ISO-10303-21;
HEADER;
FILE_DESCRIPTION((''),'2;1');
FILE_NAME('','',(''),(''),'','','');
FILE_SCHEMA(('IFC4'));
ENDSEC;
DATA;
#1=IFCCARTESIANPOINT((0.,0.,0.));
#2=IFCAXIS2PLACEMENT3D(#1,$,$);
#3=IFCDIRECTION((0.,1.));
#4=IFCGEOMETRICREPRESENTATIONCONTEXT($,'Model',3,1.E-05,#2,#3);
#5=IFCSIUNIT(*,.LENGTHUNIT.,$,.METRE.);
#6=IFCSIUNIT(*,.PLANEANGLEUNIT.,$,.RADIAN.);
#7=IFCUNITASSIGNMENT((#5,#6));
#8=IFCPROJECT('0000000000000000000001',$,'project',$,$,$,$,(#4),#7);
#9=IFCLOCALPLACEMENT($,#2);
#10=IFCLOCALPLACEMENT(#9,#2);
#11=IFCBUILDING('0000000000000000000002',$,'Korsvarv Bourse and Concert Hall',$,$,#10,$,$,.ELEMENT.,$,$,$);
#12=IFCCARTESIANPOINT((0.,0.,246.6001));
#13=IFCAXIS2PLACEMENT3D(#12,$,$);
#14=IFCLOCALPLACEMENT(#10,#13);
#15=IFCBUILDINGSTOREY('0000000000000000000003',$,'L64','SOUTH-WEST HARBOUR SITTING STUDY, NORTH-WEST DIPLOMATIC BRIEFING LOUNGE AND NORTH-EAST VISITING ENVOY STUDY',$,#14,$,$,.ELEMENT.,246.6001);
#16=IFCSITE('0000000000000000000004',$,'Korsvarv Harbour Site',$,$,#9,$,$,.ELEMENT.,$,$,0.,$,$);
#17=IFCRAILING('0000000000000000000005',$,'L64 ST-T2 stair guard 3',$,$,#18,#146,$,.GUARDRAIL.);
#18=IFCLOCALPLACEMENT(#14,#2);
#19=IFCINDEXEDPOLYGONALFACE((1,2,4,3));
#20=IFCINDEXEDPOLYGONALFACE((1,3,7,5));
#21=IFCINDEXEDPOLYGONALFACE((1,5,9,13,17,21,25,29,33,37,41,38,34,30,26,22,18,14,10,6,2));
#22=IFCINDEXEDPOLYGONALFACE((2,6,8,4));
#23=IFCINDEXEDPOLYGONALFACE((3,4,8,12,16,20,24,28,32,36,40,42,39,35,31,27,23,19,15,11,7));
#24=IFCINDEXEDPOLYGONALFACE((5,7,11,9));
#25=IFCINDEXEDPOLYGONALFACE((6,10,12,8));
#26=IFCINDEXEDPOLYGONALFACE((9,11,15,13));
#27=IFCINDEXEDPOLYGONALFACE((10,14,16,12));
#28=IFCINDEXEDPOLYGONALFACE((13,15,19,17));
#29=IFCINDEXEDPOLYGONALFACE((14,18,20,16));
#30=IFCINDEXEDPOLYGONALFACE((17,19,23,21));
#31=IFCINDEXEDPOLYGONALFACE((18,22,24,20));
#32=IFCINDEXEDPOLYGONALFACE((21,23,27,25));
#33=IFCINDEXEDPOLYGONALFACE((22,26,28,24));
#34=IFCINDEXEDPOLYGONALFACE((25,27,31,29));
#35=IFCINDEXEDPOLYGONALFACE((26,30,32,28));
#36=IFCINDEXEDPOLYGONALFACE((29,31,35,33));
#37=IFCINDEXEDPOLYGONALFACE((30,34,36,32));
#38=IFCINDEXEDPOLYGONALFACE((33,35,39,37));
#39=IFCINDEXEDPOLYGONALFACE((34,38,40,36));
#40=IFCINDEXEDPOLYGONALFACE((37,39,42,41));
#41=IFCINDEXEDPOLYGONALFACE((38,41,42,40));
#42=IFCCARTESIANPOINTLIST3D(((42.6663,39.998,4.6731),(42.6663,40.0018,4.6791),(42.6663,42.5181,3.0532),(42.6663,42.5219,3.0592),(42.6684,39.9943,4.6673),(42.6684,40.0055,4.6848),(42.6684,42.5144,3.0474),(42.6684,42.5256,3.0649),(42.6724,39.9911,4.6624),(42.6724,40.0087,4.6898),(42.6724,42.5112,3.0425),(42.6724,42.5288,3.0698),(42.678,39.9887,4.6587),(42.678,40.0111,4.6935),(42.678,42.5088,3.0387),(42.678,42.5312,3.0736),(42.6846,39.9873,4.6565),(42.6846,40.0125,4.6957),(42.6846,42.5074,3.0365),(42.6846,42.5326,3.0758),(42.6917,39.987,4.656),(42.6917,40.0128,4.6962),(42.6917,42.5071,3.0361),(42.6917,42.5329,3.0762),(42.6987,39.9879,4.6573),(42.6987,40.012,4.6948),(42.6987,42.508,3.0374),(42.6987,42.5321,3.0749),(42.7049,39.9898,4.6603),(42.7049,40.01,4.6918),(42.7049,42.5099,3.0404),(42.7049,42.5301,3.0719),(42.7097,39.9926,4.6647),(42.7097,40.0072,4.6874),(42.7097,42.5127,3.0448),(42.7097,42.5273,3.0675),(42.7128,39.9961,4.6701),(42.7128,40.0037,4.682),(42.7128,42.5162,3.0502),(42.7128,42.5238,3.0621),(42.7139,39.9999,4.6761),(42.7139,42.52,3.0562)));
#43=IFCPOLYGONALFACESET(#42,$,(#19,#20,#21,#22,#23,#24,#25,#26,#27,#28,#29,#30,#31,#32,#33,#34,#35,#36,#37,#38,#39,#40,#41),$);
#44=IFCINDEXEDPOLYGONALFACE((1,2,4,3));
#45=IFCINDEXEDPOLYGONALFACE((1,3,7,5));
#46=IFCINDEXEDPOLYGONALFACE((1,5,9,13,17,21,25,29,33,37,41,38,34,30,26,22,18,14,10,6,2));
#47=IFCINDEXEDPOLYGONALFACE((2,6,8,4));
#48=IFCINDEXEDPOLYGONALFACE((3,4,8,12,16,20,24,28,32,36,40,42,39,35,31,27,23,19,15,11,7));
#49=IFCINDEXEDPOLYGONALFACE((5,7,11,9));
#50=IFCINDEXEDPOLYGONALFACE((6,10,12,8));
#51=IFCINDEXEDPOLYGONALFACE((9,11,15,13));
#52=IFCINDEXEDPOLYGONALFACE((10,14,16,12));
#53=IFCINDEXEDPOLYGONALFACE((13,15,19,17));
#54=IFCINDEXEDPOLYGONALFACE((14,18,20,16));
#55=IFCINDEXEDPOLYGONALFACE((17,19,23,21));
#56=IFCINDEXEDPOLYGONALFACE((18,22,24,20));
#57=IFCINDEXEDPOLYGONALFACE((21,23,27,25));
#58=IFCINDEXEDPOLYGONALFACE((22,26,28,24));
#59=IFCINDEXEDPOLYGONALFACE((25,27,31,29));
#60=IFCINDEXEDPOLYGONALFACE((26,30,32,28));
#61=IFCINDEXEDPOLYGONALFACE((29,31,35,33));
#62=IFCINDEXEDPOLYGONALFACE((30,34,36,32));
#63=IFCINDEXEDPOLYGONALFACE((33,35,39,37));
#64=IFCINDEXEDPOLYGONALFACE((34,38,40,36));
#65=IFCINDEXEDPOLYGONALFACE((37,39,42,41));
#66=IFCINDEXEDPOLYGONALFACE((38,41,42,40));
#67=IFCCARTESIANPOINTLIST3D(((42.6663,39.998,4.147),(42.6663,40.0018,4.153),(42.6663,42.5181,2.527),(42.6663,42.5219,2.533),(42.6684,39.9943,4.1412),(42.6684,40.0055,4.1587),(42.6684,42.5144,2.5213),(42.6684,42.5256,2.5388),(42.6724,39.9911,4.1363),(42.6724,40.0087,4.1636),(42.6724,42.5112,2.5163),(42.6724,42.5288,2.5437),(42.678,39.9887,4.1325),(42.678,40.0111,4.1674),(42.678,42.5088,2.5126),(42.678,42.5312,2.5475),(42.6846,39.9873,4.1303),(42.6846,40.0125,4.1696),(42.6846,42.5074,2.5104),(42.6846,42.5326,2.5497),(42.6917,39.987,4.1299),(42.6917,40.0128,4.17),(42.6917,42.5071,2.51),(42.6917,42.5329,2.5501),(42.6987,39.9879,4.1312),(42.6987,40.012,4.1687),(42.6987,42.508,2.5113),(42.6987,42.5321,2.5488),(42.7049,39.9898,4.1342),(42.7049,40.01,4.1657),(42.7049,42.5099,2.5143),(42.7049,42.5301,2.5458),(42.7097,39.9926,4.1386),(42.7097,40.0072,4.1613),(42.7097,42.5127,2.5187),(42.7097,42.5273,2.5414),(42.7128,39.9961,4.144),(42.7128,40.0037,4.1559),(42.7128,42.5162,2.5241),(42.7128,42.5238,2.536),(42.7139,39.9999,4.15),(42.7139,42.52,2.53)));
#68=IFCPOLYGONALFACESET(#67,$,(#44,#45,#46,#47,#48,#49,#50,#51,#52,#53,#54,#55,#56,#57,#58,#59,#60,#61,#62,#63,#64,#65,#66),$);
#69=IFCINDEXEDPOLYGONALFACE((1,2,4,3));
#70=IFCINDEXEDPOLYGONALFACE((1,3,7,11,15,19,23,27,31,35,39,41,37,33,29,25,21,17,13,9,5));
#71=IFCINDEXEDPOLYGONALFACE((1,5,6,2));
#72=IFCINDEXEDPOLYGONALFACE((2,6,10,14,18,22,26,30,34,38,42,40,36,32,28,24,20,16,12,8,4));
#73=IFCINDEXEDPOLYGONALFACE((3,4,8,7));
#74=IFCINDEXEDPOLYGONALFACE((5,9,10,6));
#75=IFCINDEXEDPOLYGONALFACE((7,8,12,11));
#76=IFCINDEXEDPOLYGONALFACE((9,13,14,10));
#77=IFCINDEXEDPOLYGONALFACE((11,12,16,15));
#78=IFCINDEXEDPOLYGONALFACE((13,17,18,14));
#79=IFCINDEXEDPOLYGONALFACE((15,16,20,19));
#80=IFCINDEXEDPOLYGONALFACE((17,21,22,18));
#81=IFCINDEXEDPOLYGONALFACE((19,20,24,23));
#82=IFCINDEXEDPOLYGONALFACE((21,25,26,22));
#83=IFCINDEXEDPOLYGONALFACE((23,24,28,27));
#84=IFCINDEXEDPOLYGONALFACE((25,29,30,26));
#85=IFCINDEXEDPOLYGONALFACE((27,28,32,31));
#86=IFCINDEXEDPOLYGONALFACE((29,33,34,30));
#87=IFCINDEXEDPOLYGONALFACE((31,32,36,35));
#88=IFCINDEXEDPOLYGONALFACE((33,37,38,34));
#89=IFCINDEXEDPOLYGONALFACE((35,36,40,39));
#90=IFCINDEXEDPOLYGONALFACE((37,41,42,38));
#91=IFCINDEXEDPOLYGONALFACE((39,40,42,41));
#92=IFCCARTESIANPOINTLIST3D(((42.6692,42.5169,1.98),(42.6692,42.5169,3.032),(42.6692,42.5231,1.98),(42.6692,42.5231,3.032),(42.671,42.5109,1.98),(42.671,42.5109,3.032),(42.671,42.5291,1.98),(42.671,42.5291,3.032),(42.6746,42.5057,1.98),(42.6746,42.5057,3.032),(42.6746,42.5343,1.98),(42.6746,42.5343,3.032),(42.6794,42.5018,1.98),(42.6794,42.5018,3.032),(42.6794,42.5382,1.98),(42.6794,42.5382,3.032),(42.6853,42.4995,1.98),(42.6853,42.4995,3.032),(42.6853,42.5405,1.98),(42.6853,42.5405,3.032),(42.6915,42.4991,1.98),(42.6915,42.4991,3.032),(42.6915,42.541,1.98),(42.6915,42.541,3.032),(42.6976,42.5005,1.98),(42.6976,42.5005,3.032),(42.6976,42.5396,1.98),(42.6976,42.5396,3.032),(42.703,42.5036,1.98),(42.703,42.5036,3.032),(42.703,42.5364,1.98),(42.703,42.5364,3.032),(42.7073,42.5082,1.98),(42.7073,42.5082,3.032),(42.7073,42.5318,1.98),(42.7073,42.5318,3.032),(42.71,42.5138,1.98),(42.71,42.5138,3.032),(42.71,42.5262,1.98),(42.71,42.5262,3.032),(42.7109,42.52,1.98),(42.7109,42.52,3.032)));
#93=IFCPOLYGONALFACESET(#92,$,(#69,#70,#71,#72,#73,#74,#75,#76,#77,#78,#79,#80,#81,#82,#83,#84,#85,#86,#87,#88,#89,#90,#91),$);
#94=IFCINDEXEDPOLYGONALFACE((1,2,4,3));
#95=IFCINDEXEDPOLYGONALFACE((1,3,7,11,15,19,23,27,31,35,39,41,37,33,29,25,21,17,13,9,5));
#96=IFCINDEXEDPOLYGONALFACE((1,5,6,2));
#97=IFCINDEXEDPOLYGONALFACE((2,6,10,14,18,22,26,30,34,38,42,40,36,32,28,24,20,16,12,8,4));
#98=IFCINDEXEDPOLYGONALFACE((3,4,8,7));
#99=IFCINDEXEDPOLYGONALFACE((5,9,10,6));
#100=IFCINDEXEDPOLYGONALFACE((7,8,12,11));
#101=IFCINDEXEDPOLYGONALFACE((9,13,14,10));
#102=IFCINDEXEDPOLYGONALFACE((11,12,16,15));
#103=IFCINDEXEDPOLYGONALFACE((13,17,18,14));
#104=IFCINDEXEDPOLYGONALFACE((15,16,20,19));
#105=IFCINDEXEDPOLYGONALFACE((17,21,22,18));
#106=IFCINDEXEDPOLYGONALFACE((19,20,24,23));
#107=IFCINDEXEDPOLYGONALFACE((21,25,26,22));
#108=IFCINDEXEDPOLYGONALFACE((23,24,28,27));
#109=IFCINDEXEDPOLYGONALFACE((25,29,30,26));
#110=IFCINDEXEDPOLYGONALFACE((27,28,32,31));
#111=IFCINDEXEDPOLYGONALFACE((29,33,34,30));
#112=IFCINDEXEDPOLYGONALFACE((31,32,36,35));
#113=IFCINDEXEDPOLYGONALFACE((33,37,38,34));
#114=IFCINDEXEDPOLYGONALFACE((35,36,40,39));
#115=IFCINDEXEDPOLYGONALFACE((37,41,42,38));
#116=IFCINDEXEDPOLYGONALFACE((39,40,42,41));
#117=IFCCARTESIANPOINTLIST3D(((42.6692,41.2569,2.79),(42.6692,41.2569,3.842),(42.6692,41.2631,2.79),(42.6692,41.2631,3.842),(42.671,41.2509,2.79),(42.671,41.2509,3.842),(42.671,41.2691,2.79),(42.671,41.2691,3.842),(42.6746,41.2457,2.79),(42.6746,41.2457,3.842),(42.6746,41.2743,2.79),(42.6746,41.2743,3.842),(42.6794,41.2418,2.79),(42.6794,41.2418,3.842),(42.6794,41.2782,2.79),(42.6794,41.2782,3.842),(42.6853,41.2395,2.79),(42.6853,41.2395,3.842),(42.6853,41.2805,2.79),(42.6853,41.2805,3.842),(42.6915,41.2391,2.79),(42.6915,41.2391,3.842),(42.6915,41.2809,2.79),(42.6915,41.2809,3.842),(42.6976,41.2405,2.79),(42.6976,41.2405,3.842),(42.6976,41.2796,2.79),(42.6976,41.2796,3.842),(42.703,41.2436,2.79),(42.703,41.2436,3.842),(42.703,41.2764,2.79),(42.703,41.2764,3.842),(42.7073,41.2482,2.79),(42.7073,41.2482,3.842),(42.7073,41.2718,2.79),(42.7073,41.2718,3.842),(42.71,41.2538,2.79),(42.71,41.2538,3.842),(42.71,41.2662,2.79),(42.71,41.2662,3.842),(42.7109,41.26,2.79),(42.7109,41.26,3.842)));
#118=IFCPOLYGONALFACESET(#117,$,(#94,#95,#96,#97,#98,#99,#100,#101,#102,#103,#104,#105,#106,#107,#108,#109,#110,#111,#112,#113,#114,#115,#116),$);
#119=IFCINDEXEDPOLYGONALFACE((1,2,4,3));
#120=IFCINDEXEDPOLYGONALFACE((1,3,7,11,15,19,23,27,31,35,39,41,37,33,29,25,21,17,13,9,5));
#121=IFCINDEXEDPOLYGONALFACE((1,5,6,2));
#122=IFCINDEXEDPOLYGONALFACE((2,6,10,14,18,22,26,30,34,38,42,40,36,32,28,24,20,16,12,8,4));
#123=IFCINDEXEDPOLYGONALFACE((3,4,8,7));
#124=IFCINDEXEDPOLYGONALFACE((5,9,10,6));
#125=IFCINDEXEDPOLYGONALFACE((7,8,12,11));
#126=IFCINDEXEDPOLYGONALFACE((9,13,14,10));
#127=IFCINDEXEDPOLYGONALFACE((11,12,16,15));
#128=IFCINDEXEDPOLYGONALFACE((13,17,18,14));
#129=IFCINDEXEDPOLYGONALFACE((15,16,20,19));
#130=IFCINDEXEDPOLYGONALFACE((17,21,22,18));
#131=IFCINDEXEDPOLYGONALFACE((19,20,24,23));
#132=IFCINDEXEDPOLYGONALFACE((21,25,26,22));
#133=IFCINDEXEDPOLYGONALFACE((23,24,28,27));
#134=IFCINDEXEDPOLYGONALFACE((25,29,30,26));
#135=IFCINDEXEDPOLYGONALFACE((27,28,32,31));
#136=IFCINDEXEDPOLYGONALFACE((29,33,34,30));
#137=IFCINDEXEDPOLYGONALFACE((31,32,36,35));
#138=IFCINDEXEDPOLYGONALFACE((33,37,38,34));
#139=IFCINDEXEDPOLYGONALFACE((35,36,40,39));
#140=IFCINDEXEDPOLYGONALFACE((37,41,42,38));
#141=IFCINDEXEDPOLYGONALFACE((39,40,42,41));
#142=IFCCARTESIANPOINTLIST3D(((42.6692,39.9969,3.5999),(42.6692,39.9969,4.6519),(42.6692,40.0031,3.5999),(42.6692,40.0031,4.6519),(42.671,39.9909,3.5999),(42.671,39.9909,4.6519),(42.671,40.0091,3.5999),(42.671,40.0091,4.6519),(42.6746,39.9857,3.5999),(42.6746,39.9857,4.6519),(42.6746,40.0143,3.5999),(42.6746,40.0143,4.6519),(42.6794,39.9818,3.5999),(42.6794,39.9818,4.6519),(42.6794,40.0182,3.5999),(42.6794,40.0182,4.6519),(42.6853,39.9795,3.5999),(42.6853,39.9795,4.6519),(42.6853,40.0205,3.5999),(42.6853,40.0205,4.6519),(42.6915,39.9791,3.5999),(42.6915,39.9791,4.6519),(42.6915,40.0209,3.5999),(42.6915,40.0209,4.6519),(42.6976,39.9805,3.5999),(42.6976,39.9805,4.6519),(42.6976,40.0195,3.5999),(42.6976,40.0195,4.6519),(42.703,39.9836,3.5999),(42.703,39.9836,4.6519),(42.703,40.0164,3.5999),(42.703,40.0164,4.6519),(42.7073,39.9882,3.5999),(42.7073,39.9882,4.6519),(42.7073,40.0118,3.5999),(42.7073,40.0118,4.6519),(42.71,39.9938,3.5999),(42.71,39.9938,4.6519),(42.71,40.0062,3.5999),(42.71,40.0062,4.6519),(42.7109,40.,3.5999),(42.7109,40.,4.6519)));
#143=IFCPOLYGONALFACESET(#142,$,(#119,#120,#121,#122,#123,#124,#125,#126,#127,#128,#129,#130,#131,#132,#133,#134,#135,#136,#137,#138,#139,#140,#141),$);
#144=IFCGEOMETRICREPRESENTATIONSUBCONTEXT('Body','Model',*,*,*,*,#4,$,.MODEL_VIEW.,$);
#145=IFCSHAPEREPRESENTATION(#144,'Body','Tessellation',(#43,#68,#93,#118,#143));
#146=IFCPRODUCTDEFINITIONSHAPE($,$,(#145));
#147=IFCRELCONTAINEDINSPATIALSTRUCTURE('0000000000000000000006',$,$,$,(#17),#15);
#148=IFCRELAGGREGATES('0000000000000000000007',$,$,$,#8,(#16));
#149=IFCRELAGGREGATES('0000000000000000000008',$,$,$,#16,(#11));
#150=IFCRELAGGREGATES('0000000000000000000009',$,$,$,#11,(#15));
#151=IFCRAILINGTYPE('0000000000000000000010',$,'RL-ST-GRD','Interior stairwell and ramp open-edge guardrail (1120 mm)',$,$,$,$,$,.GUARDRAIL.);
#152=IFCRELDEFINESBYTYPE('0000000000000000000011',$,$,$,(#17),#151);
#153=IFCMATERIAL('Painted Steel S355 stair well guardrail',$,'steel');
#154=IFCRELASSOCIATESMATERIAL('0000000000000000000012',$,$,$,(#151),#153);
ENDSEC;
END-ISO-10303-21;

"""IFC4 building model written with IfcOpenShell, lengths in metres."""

from ifc_helpers import new_model, si_unit, direction, frame, origin, origin_2d, place, context, subcontext, project, spatial, circle, extrude, material, type_object, element, save


model = new_model("IFC4")

# Units and contexts
model_context = context("Model", 3, precision=1e-05, world=origin(), true_north=direction((0.0, 1.0)))
body_context = subcontext(model_context, "Body", "Model", "MODEL_VIEW")
ifc_project = project(units=[si_unit("LENGTHUNIT", "METRE"), si_unit("PLANEANGLEUNIT", "RADIAN")], contexts=[model_context])

# Site, building, storey
site_placement = place(None, origin())
site = spatial("IfcSite", under=ifc_project, at=site_placement, Name="Korsvarv Harbour Site", CompositionType="ELEMENT", RefElevation=0.0)
building_placement = place(site_placement, origin())
building = spatial("IfcBuilding", under=site, at=building_placement, Name="Korsvarv Bourse and Concert Hall", CompositionType="ELEMENT")
storey_placement = place(building_placement, frame((0.0, 0.0, 246.6001)))
storey = spatial("IfcBuildingStorey", under=building, at=storey_placement, Name="L64", Description="SOUTH-WEST HARBOUR SITTING STUDY, NORTH-WEST DIPLOMATIC BRIEFING LOUNGE AND NORTH-EAST VISITING ENVOY STUDY", CompositionType="ELEMENT", Elevation=246.6001)

# Railing
ifc_material_1 = material(Name="Painted Steel S355 stair well guardrail", Category="steel")
railing_type_1 = type_object("IfcRailingType", Name="RL-ST-GRD", Description="Interior stairwell and ramp open-edge guardrail (1120 mm)", PredefinedType="GUARDRAIL", material=ifc_material_1)
railing_1_placement = place(storey_placement, frame((42.6899, 42.52, 1.98)))
element("IfcRailing", 1, at=railing_1_placement, inside=storey, type_object=railing_type_1, Name="L64 ST-T2 stair guard 3", PredefinedType="GUARDRAIL", context=body_context, shape_type="SweptSolid", body=[
    extrude(circle(Radius=0.0239, at=origin_2d()), frame((0.0, 0.0, 1.0762), z_axis=(0.0, -0.8412, 0.540725), x_axis=(1.0, 0.0, 0.0)), (0.0, 0.0, 1.0), 2.9958),
    extrude(circle(Radius=0.0239, at=origin_2d()), frame((0.0, 0.0, 0.55), z_axis=(0.0, -0.8412, 0.540725), x_axis=(1.0, 0.0, 0.0)), (0.0, 0.0, 1.0), 2.9958),
    extrude(circle(Radius=0.021, at=origin_2d()), origin(), (0.0, 0.0, 1.0), 1.052),
    extrude(circle(Radius=0.021, at=origin_2d()), frame((0.0, -1.26, 0.8101)), (0.0, 0.0, 1.0), 1.052),
    extrude(circle(Radius=0.021, at=origin_2d()), frame((0.0, -2.52, 1.6199)), (0.0, 0.0, 1.0), 1.052),
])

save(model, "model.ifc")
